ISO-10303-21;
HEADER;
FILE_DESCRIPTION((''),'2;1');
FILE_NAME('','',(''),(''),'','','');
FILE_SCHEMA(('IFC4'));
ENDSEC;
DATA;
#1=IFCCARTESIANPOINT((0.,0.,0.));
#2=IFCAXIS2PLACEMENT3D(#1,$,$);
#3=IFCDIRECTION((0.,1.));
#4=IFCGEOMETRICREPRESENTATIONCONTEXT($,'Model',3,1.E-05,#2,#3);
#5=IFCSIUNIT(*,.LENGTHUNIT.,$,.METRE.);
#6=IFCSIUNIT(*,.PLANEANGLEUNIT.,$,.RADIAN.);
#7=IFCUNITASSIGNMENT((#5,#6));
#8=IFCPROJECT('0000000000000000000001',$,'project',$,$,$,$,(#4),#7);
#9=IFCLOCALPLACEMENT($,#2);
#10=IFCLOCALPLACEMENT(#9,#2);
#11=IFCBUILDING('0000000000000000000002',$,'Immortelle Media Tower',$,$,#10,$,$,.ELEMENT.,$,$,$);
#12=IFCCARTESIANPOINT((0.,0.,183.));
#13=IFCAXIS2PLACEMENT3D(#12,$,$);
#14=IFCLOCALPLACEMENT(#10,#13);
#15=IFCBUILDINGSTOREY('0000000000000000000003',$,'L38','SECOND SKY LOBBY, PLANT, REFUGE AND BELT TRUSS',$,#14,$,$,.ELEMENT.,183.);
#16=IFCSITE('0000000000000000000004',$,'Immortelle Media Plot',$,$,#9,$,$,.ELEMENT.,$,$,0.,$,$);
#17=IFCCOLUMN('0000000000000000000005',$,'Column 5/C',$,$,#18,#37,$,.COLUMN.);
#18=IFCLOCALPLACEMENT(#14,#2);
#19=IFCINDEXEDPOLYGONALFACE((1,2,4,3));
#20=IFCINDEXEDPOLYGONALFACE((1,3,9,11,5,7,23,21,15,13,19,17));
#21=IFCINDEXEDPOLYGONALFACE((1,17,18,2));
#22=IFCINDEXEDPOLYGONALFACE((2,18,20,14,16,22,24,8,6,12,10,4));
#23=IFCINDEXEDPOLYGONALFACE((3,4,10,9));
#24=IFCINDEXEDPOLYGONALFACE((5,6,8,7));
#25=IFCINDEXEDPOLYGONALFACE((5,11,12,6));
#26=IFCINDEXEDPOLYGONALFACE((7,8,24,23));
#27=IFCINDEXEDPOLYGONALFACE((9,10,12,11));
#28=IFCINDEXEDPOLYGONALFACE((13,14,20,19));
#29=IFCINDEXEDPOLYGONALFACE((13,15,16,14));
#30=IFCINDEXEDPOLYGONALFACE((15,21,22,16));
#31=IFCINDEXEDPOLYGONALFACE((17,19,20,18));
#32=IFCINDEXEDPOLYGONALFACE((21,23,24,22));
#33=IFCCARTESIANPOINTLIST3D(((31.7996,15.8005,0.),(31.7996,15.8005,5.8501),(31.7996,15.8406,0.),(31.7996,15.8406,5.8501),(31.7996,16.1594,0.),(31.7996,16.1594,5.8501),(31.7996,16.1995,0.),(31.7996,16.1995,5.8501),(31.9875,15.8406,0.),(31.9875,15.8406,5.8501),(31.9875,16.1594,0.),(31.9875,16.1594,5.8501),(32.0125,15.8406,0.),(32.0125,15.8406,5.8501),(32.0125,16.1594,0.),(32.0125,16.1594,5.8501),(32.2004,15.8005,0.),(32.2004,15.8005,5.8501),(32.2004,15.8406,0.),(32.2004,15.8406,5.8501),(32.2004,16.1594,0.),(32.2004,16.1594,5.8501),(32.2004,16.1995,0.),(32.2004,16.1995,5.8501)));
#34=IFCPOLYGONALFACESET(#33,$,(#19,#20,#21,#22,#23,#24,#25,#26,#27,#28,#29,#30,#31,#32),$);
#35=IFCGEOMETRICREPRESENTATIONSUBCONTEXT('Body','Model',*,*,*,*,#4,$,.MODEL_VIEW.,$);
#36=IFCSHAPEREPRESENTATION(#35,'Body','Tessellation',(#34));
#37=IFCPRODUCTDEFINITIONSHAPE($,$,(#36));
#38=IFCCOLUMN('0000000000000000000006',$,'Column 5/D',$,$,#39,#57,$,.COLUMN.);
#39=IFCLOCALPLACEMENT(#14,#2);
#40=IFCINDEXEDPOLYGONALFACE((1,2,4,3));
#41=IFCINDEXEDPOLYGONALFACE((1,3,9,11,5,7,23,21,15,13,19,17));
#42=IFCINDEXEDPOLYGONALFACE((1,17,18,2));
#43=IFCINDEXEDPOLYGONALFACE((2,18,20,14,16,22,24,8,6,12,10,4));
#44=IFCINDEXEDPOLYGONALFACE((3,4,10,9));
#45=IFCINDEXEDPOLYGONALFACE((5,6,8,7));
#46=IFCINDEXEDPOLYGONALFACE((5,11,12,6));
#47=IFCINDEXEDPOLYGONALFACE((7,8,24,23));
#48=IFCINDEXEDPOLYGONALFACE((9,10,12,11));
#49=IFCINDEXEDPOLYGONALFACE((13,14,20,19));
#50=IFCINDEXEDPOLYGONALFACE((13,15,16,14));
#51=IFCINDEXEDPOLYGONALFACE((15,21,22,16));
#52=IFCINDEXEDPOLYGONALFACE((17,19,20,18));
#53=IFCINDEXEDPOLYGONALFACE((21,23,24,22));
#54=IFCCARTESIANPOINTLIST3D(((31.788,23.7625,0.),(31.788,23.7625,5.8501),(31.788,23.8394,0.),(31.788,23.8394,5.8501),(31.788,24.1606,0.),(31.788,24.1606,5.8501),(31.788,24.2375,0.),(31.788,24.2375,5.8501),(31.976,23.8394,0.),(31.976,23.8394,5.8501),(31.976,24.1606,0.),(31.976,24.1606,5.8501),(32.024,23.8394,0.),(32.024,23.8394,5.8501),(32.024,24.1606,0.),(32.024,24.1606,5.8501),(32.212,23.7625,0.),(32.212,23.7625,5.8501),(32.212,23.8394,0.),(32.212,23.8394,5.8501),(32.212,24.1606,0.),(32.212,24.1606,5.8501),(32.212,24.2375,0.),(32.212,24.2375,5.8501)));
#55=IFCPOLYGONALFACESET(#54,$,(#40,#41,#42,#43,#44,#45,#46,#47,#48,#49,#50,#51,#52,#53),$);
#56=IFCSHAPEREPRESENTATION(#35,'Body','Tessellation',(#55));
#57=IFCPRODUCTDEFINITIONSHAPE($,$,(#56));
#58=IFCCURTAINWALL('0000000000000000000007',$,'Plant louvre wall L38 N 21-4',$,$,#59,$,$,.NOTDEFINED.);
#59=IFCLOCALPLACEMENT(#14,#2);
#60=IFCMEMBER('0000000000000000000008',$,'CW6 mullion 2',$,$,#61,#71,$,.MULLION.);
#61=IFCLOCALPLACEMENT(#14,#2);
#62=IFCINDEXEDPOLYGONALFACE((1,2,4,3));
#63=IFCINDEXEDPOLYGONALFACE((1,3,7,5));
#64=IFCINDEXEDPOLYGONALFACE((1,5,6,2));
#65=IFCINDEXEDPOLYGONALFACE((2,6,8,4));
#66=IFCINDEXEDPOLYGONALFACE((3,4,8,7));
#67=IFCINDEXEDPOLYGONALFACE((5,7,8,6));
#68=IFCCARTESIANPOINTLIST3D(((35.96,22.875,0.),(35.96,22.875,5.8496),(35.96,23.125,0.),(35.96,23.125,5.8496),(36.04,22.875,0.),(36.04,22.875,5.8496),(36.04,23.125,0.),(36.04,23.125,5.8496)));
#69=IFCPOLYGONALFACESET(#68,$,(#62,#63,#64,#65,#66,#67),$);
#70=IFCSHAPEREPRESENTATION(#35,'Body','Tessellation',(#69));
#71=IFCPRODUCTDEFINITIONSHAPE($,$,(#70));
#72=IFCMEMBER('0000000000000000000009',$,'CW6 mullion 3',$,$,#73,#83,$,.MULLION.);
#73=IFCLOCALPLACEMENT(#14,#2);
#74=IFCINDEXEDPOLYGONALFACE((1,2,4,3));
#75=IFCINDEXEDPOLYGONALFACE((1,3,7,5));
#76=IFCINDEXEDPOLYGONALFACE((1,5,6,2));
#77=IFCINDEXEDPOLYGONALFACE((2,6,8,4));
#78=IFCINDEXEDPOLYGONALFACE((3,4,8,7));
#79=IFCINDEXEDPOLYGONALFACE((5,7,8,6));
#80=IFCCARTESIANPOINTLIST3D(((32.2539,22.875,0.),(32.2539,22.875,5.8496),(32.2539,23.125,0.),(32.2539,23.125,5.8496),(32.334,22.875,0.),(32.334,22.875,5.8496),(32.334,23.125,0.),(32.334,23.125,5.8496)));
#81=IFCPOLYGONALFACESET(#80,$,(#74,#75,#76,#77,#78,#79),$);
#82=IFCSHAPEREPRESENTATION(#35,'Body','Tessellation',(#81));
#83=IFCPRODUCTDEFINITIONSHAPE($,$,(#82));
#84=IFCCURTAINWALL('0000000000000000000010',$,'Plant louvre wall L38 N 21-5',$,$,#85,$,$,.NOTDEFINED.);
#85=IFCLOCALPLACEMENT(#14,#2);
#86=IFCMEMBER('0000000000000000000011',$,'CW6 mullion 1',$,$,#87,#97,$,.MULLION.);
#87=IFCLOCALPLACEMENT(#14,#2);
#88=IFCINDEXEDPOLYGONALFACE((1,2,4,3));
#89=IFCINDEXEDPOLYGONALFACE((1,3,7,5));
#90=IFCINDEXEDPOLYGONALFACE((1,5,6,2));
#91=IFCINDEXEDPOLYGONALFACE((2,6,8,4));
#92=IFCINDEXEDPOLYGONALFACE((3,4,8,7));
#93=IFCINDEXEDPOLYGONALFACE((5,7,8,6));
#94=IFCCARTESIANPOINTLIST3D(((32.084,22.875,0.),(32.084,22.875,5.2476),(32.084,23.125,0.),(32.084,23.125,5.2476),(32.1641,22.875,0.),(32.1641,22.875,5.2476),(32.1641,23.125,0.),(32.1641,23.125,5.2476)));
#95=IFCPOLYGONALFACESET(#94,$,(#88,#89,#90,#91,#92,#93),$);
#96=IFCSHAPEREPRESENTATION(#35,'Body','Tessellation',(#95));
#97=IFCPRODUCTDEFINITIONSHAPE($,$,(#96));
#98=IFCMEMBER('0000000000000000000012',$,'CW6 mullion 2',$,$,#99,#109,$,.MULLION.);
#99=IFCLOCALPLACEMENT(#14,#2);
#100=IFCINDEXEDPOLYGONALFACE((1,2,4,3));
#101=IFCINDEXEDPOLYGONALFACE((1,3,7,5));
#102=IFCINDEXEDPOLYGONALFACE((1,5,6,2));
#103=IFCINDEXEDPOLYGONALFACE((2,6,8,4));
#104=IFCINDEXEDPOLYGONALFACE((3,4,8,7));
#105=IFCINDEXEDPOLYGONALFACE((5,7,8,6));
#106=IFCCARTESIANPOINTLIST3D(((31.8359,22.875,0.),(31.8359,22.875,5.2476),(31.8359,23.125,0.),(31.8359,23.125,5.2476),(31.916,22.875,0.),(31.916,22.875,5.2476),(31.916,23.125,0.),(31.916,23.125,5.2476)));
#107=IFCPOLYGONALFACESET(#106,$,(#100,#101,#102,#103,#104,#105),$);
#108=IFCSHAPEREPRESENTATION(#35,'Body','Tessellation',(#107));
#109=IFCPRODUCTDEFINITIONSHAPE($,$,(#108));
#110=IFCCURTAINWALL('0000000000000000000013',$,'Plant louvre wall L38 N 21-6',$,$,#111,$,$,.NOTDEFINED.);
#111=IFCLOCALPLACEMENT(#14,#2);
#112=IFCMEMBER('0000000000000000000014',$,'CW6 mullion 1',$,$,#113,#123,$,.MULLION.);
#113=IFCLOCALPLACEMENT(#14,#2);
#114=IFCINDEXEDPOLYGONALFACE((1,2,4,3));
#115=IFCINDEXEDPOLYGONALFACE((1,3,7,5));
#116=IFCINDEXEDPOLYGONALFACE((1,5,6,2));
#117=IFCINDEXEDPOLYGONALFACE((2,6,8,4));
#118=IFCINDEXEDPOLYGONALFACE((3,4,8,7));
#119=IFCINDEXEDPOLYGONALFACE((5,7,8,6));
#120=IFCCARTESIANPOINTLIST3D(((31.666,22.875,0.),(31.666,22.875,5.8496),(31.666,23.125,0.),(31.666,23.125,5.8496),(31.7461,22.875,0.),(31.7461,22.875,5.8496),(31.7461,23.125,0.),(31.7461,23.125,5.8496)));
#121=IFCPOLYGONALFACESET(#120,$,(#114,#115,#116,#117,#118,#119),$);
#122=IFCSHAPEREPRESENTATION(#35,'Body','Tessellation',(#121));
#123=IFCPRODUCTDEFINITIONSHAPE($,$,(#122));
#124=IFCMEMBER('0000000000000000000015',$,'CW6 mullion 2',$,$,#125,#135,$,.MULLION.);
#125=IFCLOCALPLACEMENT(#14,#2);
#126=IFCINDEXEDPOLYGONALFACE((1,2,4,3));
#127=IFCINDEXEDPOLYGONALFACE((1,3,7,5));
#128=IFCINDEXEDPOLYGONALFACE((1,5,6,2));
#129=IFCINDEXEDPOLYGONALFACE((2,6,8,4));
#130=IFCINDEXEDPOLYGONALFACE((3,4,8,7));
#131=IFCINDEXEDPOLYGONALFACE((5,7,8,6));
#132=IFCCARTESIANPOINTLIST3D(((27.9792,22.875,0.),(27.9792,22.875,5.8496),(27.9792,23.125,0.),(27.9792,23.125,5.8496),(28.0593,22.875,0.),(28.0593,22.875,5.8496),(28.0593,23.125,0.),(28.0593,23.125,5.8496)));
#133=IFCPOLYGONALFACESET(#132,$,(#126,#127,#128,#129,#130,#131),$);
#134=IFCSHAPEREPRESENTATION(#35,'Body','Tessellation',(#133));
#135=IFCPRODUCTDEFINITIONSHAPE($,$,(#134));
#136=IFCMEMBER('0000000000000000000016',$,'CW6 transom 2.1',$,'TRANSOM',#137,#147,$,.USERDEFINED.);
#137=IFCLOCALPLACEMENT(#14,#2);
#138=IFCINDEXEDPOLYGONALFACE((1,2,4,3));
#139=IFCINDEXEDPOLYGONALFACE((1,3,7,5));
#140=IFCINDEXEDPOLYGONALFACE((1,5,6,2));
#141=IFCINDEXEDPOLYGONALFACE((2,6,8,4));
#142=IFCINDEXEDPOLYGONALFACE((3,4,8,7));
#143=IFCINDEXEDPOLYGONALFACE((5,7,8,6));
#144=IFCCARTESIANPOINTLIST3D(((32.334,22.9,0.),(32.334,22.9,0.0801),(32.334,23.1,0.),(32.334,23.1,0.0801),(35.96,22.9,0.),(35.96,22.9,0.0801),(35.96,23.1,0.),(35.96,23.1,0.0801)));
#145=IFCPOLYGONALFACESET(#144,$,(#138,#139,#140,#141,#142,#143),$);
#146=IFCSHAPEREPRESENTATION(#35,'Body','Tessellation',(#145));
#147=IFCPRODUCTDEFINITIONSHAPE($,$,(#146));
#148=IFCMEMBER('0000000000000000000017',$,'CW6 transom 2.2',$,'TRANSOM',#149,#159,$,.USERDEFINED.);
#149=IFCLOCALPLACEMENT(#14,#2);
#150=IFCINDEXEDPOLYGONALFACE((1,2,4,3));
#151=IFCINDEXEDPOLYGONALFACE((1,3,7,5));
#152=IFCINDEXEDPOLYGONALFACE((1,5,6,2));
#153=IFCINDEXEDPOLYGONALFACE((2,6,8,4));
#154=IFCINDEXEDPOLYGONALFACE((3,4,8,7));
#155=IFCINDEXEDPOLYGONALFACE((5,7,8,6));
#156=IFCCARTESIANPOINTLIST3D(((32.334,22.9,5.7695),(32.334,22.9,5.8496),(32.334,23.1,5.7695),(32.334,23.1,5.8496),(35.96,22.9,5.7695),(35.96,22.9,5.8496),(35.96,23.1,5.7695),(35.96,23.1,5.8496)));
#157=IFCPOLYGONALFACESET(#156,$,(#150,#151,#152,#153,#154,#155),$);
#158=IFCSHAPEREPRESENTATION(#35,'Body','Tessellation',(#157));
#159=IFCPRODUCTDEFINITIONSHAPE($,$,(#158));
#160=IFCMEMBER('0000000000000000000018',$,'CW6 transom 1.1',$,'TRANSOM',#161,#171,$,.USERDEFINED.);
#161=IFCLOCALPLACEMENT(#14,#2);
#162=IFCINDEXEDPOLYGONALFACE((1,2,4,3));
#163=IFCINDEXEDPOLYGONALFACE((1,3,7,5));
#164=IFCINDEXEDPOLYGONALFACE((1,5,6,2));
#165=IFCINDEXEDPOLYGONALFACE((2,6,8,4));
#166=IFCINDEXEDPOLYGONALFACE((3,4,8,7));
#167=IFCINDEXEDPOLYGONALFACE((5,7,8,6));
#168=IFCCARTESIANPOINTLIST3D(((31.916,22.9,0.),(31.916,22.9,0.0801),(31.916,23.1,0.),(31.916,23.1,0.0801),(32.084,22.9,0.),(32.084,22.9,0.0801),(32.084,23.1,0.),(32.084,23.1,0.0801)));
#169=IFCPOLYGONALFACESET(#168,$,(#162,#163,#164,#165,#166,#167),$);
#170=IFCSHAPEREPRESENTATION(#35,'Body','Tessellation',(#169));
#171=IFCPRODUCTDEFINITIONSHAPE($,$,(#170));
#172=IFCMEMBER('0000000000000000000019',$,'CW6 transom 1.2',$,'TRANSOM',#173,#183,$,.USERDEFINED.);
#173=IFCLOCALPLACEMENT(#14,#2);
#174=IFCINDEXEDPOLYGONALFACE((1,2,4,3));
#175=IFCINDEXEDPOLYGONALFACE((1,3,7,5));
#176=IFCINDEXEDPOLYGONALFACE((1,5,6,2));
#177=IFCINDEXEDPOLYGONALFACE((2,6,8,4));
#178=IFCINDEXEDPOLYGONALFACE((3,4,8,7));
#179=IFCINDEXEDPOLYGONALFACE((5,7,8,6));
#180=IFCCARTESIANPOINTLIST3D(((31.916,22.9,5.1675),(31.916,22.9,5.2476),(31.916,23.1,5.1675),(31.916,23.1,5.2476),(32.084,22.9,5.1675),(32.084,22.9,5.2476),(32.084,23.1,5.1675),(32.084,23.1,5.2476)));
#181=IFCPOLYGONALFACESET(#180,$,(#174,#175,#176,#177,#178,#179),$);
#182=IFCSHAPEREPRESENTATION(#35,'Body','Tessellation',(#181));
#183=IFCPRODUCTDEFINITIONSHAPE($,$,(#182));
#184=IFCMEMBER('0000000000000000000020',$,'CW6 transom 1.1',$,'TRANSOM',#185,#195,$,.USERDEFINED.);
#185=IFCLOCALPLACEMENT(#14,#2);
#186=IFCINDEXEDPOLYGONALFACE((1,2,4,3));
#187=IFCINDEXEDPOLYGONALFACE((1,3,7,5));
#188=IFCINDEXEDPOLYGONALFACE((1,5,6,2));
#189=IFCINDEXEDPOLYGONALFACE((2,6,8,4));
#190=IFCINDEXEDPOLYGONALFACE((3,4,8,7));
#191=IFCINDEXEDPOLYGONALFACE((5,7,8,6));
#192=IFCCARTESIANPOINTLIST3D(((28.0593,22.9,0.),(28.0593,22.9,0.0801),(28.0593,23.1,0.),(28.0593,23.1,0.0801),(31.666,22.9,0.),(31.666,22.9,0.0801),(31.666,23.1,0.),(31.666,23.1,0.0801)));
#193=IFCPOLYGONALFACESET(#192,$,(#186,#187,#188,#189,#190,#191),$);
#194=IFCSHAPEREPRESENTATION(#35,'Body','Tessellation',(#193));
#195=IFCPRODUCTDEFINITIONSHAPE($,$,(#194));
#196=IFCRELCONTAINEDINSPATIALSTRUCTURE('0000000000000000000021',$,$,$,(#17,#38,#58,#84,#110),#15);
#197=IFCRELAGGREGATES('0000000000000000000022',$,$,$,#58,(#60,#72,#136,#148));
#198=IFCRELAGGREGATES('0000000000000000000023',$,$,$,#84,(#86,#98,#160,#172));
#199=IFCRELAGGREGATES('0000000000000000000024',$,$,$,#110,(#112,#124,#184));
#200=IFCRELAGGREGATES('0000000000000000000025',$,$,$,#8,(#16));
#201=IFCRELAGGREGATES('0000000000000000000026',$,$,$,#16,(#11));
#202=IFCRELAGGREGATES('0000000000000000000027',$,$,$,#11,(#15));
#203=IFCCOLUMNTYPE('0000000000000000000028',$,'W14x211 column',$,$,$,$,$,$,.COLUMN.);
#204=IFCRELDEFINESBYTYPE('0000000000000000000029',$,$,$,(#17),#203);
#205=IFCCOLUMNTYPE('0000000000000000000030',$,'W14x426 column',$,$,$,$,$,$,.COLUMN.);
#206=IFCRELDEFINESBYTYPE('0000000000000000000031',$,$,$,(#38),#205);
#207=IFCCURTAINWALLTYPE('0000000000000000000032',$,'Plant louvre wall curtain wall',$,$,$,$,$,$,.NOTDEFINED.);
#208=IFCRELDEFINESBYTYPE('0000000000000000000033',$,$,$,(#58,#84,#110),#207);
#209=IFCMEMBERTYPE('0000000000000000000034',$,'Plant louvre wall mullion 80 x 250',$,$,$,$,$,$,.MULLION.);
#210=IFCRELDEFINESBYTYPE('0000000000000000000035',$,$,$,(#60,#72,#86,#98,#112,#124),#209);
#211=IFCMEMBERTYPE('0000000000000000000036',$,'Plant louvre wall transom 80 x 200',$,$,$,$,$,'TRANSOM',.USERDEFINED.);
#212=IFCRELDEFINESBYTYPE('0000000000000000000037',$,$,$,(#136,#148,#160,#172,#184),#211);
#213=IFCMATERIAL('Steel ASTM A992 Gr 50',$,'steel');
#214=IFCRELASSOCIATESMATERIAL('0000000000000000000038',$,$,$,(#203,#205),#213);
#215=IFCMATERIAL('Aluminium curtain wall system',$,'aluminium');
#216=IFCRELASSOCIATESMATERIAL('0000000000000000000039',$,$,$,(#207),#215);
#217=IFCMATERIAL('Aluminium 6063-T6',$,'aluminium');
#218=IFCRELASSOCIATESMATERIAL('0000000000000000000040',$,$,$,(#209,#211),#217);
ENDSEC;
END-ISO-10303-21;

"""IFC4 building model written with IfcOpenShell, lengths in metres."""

from ifc_helpers import new_model, si_unit, direction, frame, origin, origin_2d, place, context, subcontext, project, spatial, rectangle, i_section, extrude, material, material_profile, profile_set, type_object, element, aggregate, save


model = new_model("IFC4")

# Units and contexts
model_context = context("Model", 3, precision=1e-05, world=origin(), true_north=direction((0.0, 1.0)))
body_context = subcontext(model_context, "Body", "Model", "MODEL_VIEW")
ifc_project = project(units=[si_unit("LENGTHUNIT", "METRE"), si_unit("PLANEANGLEUNIT", "RADIAN")], contexts=[model_context])

# Site, building, storey
site_placement = place(None, origin())
site = spatial("IfcSite", under=ifc_project, at=site_placement, Name="Immortelle Media Plot", CompositionType="ELEMENT", RefElevation=0.0)
building_placement = place(site_placement, origin())
building = spatial("IfcBuilding", under=site, at=building_placement, Name="Immortelle Media Tower", CompositionType="ELEMENT")
storey_placement = place(building_placement, frame((0.0, 0.0, 183.0)))
storey = spatial("IfcBuildingStorey", under=building, at=storey_placement, Name="L38", Description="SECOND SKY LOBBY, PLANT, REFUGE AND BELT TRUSS", CompositionType="ELEMENT", Elevation=183.0)

# Columns
ifc_material_1 = material(Name="Steel ASTM A992 Gr 50", Category="steel")
ifc_material_profile_1 = material_profile(ifc_material_1, i_section(OverallWidth=0.4009, OverallDepth=0.3989, WebThickness=0.0249, FlangeThickness=0.04, at=origin_2d()), Name="W14x211")
ifc_profile_set_1 = profile_set([ifc_material_profile_1], Name="Steel ASTM A992 Gr 50")
column_type_1 = type_object("IfcColumnType", Name="W14x211 column", PredefinedType="COLUMN", material=ifc_profile_set_1)
column_1_placement = place(storey_placement, frame((32.0, 16.0, 0.0), z_axis=(0.0, 0.0, 1.0), x_axis=(1.0, 0.0, 0.0)))
element("IfcColumn", 1, at=column_1_placement, inside=storey, type_object=column_type_1, Name="Column 5/C", PredefinedType="COLUMN", context=body_context, shape_type="SweptSolid", body=[
    extrude(i_section(OverallWidth=0.4009, OverallDepth=0.3989, WebThickness=0.0249, FlangeThickness=0.04, at=origin_2d()), origin(), (0.0, 0.0, 1.0), 5.8501),
])
ifc_material_profile_2 = material_profile(ifc_material_1, i_section(OverallWidth=0.4241, OverallDepth=0.4751, WebThickness=0.0481, FlangeThickness=0.0769, at=origin_2d()), Name="W14x426")
ifc_profile_set_2 = profile_set([ifc_material_profile_2], Name="Steel ASTM A992 Gr 50")
column_type_2 = type_object("IfcColumnType", Name="W14x426 column", PredefinedType="COLUMN", material=ifc_profile_set_2)
column_2_placement = place(storey_placement, frame((32.0, 24.0, 0.0), z_axis=(0.0, 0.0, 1.0), x_axis=(1.0, 0.0, 0.0)))
element("IfcColumn", 2, at=column_2_placement, inside=storey, type_object=column_type_2, Name="Column 5/D", PredefinedType="COLUMN", context=body_context, shape_type="SweptSolid", body=[
    extrude(i_section(OverallWidth=0.4241, OverallDepth=0.4751, WebThickness=0.0481, FlangeThickness=0.0769, at=origin_2d()), origin(), (0.0, 0.0, 1.0), 5.8501),
])

# Curtain walls, members
ifc_material_2 = material(Name="Aluminium curtain wall system", Category="aluminium")
curtain_wall_type = type_object("IfcCurtainWallType", Name="Plant louvre wall curtain wall", PredefinedType="NOTDEFINED", material=ifc_material_2)
curtain_wall_1_placement = place(storey_placement, origin())
curtain_wall_1 = element("IfcCurtainWall", 3, at=curtain_wall_1_placement, inside=storey, type_object=curtain_wall_type, Name="Plant louvre wall L38 N 21-4", PredefinedType="NOTDEFINED")
ifc_material_3 = material(Name="Aluminium 6063-T6", Category="aluminium")
ifc_material_profile_3 = material_profile(ifc_material_3, rectangle(XDim=0.25, YDim=0.0801, at=origin_2d()), Name="AL 80x250")
ifc_profile_set_3 = profile_set([ifc_material_profile_3], Name="Aluminium 6063-T6")
member_type_1 = type_object("IfcMemberType", Name="Plant louvre wall mullion 80 x 250", PredefinedType="MULLION", material=ifc_profile_set_3)
member_1_placement = place(storey_placement, frame((36.0, 23.0, 0.0), z_axis=(0.0, 0.0, 1.0), x_axis=(0.0, -1.0, 0.0)))
member_1 = element("IfcMember", 4, at=member_1_placement, type_object=member_type_1, Name="CW6 mullion 2", PredefinedType="MULLION", context=body_context, shape_type="SweptSolid", body=[
    extrude(rectangle(XDim=0.25, YDim=0.0801, at=origin_2d()), origin(), (0.0, 0.0, 1.0), 5.8496),
])
member_2_placement = place(storey_placement, frame((32.2939, 23.0, 0.0), z_axis=(0.0, 0.0, 1.0), x_axis=(0.0, -1.0, 0.0)))
member_2 = element("IfcMember", 5, at=member_2_placement, type_object=member_type_1, Name="CW6 mullion 3", PredefinedType="MULLION", context=body_context, shape_type="SweptSolid", body=[
    extrude(rectangle(XDim=0.25, YDim=0.0801, at=origin_2d()), origin(), (0.0, 0.0, 1.0), 5.8496),
])
curtain_wall_2_placement = place(storey_placement, origin())
curtain_wall_2 = element("IfcCurtainWall", 6, at=curtain_wall_2_placement, inside=storey, type_object=curtain_wall_type, Name="Plant louvre wall L38 N 21-5", PredefinedType="NOTDEFINED")
member_3_placement = place(storey_placement, frame((32.124, 23.0, 0.0), z_axis=(0.0, 0.0, 1.0), x_axis=(0.0, -1.0, 0.0)))
member_3 = element("IfcMember", 7, at=member_3_placement, type_object=member_type_1, Name="CW6 mullion 1", PredefinedType="MULLION", context=body_context, shape_type="SweptSolid", body=[
    extrude(rectangle(XDim=0.25, YDim=0.0801, at=origin_2d()), origin(), (0.0, 0.0, 1.0), 5.2476),
])
member_4_placement = place(storey_placement, frame((31.876, 23.0, 0.0), z_axis=(0.0, 0.0, 1.0), x_axis=(0.0, -1.0, 0.0)))
member_4 = element("IfcMember", 8, at=member_4_placement, type_object=member_type_1, Name="CW6 mullion 2", PredefinedType="MULLION", context=body_context, shape_type="SweptSolid", body=[
    extrude(rectangle(XDim=0.25, YDim=0.0801, at=origin_2d()), origin(), (0.0, 0.0, 1.0), 5.2476),
])
curtain_wall_3_placement = place(storey_placement, origin())
curtain_wall_3 = element("IfcCurtainWall", 9, at=curtain_wall_3_placement, inside=storey, type_object=curtain_wall_type, Name="Plant louvre wall L38 N 21-6", PredefinedType="NOTDEFINED")
member_5_placement = place(storey_placement, frame((31.7061, 23.0, 0.0), z_axis=(0.0, 0.0, 1.0), x_axis=(0.0, -1.0, 0.0)))
member_5 = element("IfcMember", 10, at=member_5_placement, type_object=member_type_1, Name="CW6 mullion 1", PredefinedType="MULLION", context=body_context, shape_type="SweptSolid", body=[
    extrude(rectangle(XDim=0.25, YDim=0.0801, at=origin_2d()), origin(), (0.0, 0.0, 1.0), 5.8496),
])
member_6_placement = place(storey_placement, frame((28.0193, 23.0, 0.0), z_axis=(0.0, 0.0, 1.0), x_axis=(0.0, -1.0, 0.0)))
member_6 = element("IfcMember", 11, at=member_6_placement, type_object=member_type_1, Name="CW6 mullion 2", PredefinedType="MULLION", context=body_context, shape_type="SweptSolid", body=[
    extrude(rectangle(XDim=0.25, YDim=0.0801, at=origin_2d()), origin(), (0.0, 0.0, 1.0), 5.8496),
])

# Members
ifc_material_profile_4 = material_profile(ifc_material_3, rectangle(XDim=0.2, YDim=0.0801, at=origin_2d()), Name="AL 80x200")
ifc_profile_set_4 = profile_set([ifc_material_profile_4], Name="Aluminium 6063-T6")
member_type_2 = type_object("IfcMemberType", Name="Plant louvre wall transom 80 x 200", ElementType="TRANSOM", PredefinedType="USERDEFINED", material=ifc_profile_set_4)
member_7_placement = place(storey_placement, frame((35.96, 23.0, 0.04), z_axis=(-1.0, 0.0, 0.0), x_axis=(0.0, -1.0, 0.0)))
member_7 = element("IfcMember", 12, at=member_7_placement, type_object=member_type_2, Name="CW6 transom 2.1", ObjectType="TRANSOM", PredefinedType="USERDEFINED", context=body_context, shape_type="SweptSolid", body=[
    extrude(rectangle(XDim=0.2, YDim=0.0801, at=origin_2d()), origin(), (0.0, 0.0, 1.0), 3.626),
])
member_8_placement = place(storey_placement, frame((35.96, 23.0, 5.8096), z_axis=(-1.0, 0.0, 0.0), x_axis=(0.0, -1.0, 0.0)))
member_8 = element("IfcMember", 13, at=member_8_placement, type_object=member_type_2, Name="CW6 transom 2.2", ObjectType="TRANSOM", PredefinedType="USERDEFINED", context=body_context, shape_type="SweptSolid", body=[
    extrude(rectangle(XDim=0.2, YDim=0.0801, at=origin_2d()), origin(), (0.0, 0.0, 1.0), 3.626),
])
member_9_placement = place(storey_placement, frame((32.084, 23.0, 0.04), z_axis=(-1.0, 0.0, 0.0), x_axis=(0.0, -1.0, 0.0)))
member_9 = element("IfcMember", 14, at=member_9_placement, type_object=member_type_2, Name="CW6 transom 1.1", ObjectType="TRANSOM", PredefinedType="USERDEFINED", context=body_context, shape_type="SweptSolid", body=[
    extrude(rectangle(XDim=0.2, YDim=0.0801, at=origin_2d()), origin(), (0.0, 0.0, 1.0), 0.168),
])
member_10_placement = place(storey_placement, frame((32.084, 23.0, 5.2075), z_axis=(-1.0, 0.0, 0.0), x_axis=(0.0, -1.0, 0.0)))
member_10 = element("IfcMember", 15, at=member_10_placement, type_object=member_type_2, Name="CW6 transom 1.2", ObjectType="TRANSOM", PredefinedType="USERDEFINED", context=body_context, shape_type="SweptSolid", body=[
    extrude(rectangle(XDim=0.2, YDim=0.0801, at=origin_2d()), origin(), (0.0, 0.0, 1.0), 0.168),
])
member_11_placement = place(storey_placement, frame((31.666, 23.0, 0.04), z_axis=(-1.0, 0.0, 0.0), x_axis=(0.0, -1.0, 0.0)))
member_11 = element("IfcMember", 16, at=member_11_placement, type_object=member_type_2, Name="CW6 transom 1.1", ObjectType="TRANSOM", PredefinedType="USERDEFINED", context=body_context, shape_type="SweptSolid", body=[
    extrude(rectangle(XDim=0.2, YDim=0.0801, at=origin_2d()), origin(), (0.0, 0.0, 1.0), 3.6067),
])

aggregate(curtain_wall_1, [member_1, member_2, member_7, member_8])
aggregate(curtain_wall_2, [member_3, member_4, member_9, member_10])
aggregate(curtain_wall_3, [member_5, member_6, member_11])

save(model, "model.ifc")
